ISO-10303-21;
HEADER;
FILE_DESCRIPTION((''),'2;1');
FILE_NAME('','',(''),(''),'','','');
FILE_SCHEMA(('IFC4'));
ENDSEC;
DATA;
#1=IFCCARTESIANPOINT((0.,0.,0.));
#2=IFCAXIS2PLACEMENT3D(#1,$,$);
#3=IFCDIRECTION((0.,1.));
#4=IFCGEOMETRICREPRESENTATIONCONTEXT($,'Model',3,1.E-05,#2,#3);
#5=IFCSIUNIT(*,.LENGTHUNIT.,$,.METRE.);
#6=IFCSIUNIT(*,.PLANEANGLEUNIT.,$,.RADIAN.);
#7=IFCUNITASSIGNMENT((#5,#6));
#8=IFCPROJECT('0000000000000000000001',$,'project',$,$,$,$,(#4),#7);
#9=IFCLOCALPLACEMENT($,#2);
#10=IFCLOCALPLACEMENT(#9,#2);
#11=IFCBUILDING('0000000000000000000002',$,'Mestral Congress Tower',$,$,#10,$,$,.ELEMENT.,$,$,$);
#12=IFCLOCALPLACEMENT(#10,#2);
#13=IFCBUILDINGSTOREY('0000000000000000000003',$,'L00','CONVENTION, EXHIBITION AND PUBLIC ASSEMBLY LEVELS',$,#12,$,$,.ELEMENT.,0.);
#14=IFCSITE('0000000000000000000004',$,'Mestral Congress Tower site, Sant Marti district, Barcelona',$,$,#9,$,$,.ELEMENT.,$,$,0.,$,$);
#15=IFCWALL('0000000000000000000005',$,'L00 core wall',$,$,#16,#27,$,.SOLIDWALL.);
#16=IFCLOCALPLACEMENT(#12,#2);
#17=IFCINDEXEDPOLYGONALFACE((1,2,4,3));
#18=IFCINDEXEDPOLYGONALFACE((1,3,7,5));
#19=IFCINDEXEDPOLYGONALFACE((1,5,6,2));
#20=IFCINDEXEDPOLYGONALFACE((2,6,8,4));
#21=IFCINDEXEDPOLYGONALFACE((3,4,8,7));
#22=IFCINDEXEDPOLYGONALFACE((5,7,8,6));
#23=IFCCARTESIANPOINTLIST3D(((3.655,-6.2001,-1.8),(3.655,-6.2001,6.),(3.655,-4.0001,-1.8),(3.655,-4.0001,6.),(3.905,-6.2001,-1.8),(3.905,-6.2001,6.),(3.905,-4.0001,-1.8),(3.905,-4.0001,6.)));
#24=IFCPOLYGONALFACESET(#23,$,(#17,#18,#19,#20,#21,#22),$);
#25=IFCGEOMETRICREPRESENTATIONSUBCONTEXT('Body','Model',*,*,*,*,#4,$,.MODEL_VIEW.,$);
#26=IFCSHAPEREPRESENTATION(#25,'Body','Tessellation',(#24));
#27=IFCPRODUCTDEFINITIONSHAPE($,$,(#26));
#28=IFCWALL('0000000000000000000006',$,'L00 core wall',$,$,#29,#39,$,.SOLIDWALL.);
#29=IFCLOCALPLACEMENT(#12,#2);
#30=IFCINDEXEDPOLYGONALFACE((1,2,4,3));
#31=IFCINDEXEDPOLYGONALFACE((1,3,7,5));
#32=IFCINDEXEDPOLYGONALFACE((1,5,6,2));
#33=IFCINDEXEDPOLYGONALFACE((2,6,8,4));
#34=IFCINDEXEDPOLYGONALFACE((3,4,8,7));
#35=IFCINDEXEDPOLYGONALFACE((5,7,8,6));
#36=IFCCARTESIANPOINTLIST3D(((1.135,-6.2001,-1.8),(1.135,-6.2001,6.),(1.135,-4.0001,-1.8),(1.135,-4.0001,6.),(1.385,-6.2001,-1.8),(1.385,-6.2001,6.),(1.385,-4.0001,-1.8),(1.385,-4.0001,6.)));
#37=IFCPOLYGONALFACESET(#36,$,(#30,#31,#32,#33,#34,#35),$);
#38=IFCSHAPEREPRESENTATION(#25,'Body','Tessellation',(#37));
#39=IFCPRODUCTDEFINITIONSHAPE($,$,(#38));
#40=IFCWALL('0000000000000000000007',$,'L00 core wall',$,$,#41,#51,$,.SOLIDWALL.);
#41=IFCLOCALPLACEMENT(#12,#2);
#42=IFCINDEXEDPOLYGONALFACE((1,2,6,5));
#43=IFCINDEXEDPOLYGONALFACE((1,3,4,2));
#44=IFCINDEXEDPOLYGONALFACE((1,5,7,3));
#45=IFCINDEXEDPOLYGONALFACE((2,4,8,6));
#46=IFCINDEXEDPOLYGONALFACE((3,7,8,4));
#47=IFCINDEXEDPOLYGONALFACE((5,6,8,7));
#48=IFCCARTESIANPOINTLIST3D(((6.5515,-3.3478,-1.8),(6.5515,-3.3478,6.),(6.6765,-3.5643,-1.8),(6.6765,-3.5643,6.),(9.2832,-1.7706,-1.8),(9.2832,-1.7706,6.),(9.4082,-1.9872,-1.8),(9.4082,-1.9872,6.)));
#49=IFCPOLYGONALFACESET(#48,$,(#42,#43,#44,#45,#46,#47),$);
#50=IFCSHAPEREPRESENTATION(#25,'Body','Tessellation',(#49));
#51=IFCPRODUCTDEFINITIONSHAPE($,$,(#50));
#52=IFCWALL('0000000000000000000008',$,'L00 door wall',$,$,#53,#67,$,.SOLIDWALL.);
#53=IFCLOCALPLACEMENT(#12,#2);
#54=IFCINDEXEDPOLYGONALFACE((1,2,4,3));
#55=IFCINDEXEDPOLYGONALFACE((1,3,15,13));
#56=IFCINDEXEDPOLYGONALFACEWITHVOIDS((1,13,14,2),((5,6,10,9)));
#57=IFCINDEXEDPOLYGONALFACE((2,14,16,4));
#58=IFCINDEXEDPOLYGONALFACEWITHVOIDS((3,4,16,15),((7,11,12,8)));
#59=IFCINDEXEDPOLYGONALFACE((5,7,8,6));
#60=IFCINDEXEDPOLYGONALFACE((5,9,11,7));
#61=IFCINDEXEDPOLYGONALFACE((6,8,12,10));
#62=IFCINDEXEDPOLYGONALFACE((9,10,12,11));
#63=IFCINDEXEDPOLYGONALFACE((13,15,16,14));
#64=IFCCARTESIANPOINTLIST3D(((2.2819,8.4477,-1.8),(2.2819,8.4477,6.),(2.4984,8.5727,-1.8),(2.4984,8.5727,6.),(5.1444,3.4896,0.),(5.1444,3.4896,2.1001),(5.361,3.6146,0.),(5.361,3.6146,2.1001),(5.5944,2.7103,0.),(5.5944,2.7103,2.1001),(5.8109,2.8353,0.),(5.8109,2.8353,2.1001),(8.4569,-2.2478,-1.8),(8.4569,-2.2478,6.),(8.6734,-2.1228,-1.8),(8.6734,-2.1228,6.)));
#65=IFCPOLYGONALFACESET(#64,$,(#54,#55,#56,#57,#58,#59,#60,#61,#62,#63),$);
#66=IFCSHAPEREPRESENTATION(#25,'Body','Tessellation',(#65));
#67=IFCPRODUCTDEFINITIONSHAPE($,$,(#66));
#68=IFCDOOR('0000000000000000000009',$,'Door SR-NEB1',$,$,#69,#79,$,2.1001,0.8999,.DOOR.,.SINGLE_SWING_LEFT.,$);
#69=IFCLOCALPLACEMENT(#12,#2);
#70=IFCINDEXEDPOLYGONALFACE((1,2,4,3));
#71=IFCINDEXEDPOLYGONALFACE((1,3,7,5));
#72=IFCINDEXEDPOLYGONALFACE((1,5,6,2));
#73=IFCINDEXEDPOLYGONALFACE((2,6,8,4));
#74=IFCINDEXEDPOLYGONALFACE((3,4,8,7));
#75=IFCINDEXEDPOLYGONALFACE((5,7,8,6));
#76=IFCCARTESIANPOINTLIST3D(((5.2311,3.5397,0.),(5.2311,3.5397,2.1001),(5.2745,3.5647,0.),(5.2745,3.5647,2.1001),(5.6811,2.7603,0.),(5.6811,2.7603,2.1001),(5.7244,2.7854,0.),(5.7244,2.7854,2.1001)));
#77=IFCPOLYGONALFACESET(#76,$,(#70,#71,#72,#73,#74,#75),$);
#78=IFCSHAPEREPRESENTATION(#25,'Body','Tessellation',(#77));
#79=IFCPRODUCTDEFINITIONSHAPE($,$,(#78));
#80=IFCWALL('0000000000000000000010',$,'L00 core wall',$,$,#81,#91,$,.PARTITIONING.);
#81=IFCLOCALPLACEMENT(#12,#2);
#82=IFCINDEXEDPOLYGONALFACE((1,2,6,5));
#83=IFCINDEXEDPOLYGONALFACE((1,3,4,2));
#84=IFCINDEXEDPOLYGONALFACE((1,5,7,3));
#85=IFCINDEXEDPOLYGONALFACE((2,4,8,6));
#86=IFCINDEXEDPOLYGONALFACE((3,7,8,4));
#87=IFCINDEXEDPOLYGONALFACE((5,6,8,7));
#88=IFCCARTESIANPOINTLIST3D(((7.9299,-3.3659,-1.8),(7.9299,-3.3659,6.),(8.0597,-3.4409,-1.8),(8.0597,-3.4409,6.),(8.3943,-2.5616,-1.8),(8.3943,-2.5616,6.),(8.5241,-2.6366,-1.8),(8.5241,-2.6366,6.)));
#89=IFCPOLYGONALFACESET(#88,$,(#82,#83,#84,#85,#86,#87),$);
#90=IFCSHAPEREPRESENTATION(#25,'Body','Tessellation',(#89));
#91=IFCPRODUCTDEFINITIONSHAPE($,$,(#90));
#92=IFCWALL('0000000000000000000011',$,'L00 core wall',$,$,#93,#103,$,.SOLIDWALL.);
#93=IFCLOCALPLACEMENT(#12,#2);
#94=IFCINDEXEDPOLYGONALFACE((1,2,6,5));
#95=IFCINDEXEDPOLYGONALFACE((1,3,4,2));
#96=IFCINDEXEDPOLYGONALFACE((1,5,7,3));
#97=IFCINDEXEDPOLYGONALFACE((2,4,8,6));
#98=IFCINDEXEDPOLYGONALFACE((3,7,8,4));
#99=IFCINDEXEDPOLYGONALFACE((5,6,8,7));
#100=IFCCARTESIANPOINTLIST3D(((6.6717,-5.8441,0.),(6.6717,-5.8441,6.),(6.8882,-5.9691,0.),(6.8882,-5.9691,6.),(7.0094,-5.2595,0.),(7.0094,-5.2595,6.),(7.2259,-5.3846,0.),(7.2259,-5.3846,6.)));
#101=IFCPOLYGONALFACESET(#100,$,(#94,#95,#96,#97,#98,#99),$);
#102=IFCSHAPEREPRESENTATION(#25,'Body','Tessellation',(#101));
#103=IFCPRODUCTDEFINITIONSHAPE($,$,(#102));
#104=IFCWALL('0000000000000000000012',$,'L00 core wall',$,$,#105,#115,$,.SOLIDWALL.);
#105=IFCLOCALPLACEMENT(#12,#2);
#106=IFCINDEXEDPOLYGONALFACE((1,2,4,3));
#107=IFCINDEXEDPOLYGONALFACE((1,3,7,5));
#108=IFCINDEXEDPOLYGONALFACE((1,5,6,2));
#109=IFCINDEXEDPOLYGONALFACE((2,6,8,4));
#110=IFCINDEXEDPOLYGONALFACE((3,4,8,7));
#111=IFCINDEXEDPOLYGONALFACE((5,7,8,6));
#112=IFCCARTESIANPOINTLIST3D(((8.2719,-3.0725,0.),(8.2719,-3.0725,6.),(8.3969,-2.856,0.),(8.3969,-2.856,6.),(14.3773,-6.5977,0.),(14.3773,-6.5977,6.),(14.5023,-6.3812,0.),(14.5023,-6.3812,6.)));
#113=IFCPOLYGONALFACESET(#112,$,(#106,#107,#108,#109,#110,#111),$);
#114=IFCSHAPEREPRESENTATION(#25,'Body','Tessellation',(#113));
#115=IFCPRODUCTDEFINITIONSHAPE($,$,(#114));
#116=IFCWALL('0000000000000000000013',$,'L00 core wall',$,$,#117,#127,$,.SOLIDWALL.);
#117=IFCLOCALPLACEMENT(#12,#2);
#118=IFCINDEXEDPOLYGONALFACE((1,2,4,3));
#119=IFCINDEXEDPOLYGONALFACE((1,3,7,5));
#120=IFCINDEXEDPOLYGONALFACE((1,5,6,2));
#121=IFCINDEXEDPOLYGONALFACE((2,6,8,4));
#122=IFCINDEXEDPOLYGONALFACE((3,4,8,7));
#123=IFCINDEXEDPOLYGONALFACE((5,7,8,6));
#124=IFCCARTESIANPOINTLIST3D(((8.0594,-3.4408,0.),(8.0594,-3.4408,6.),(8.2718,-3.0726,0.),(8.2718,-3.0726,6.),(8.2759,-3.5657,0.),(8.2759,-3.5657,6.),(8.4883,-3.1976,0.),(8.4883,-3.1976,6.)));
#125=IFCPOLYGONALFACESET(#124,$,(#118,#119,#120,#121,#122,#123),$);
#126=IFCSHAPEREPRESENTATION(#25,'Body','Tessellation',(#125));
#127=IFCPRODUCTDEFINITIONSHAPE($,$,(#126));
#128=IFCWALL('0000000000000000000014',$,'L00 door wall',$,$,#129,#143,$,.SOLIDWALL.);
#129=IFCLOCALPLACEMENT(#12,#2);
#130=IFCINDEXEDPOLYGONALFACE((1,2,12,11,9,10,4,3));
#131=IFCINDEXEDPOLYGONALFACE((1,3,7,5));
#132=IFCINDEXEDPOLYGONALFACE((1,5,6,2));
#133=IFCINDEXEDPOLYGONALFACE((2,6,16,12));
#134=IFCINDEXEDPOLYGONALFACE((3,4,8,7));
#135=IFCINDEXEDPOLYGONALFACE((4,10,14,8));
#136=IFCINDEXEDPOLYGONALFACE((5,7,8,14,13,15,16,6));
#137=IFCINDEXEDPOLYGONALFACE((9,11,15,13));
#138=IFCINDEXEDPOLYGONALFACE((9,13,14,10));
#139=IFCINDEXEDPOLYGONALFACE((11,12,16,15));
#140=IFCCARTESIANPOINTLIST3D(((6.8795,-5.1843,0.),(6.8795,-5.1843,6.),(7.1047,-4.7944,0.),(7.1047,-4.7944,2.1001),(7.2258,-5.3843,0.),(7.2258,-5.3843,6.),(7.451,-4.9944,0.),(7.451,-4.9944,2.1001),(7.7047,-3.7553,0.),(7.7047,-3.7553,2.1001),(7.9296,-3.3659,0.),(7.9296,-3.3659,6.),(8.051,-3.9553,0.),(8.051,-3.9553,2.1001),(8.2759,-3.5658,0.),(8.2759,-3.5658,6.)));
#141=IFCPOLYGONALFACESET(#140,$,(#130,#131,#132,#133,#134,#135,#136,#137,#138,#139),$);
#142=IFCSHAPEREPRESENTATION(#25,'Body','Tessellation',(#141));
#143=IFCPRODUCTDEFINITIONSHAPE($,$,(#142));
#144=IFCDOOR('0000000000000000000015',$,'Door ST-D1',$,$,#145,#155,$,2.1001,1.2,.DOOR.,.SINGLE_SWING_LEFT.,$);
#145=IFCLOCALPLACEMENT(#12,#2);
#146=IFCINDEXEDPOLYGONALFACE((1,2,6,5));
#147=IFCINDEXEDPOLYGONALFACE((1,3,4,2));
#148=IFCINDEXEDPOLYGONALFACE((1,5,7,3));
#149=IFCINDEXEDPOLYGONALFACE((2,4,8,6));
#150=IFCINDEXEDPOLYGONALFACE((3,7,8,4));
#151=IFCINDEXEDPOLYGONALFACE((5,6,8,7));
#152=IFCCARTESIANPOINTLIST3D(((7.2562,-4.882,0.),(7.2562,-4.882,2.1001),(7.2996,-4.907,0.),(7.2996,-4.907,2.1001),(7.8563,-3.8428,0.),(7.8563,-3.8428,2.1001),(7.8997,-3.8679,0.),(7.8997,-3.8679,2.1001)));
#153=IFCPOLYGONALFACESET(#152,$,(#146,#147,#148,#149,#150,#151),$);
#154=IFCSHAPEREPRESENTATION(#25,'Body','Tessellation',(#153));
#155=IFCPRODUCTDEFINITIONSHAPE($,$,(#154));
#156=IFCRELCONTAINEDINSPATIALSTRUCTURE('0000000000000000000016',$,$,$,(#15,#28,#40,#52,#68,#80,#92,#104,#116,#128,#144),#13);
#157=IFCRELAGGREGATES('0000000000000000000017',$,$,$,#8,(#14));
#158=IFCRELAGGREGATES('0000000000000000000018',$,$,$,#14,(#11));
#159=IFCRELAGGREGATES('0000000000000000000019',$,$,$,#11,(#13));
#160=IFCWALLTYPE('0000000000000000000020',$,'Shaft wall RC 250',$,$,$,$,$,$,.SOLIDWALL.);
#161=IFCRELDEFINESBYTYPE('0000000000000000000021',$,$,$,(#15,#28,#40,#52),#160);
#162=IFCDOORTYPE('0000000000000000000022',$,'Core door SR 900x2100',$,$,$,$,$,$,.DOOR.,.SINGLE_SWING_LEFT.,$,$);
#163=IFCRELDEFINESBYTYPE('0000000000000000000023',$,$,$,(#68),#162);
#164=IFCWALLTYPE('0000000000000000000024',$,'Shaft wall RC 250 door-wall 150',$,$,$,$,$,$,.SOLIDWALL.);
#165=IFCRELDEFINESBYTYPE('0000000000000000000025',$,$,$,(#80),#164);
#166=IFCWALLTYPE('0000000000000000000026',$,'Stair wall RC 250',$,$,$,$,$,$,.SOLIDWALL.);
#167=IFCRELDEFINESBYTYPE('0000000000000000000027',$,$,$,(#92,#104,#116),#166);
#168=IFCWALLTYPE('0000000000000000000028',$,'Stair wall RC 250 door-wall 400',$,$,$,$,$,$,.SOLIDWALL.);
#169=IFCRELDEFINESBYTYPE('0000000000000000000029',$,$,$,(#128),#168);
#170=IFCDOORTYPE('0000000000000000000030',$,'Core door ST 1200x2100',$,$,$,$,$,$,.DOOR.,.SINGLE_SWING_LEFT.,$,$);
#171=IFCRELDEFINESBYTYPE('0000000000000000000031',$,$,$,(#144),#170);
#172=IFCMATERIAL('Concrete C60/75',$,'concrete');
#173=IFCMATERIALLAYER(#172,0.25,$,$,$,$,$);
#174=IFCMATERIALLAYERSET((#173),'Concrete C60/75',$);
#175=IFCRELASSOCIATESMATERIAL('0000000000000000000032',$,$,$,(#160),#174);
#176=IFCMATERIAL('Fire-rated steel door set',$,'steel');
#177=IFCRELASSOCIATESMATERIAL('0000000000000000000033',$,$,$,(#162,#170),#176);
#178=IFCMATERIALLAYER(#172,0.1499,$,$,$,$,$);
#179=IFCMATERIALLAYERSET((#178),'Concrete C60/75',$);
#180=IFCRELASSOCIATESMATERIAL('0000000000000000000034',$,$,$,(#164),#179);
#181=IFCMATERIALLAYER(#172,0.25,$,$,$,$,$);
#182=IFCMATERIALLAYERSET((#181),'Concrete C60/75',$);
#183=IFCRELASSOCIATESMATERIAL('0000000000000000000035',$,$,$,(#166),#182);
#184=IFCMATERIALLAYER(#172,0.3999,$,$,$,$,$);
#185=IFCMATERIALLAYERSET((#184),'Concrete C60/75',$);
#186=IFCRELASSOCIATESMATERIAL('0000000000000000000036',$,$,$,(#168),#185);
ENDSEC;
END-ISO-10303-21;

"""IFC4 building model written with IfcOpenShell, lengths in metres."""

from ifc_helpers import new_model, si_unit, direction, frame, frame_2d, origin, place, context, subcontext, project, spatial, rectangle, extrude, material, layer, layer_set, type_object, element, fill, save


model = new_model("IFC4")

# Units and contexts
model_context = context("Model", 3, precision=1e-05, world=origin(), true_north=direction((0.0, 1.0)))
body_context = subcontext(model_context, "Body", "Model", "MODEL_VIEW")
ifc_project = project(units=[si_unit("LENGTHUNIT", "METRE"), si_unit("PLANEANGLEUNIT", "RADIAN")], contexts=[model_context])

# Site, building, storey
site_placement = place(None, origin())
site = spatial("IfcSite", under=ifc_project, at=site_placement, Name="Mestral Congress Tower site, Sant Marti district, Barcelona", CompositionType="ELEMENT", RefElevation=0.0)
building_placement = place(site_placement, origin())
building = spatial("IfcBuilding", under=site, at=building_placement, Name="Mestral Congress Tower", CompositionType="ELEMENT")
storey_placement = place(building_placement, origin())
storey = spatial("IfcBuildingStorey", under=building, at=storey_placement, Name="L00", Description="CONVENTION, EXHIBITION AND PUBLIC ASSEMBLY LEVELS", CompositionType="ELEMENT", Elevation=0.0)

# Shared definitions
ifc_material_1 = material(Name="Fire-rated steel door set", Category="steel")

# Walls
ifc_material_2 = material(Name="Concrete C60/75", Category="concrete")
ifc_layer_1 = layer(ifc_material_2, 0.25)
ifc_layer_set_1 = layer_set([ifc_layer_1], Name="Concrete C60/75")
wall_type_1 = type_object("IfcWallType", Name="Shaft wall RC 250", PredefinedType="SOLIDWALL", material=ifc_layer_set_1)
for number, where, z_axis, x_axis, name in (
    (1, (3.78, -4.0, -1.8), (0.0, 0.0, 1.0), (0.0, -1.0, 0.0), "L00 core wall"),
    (2, (1.26, -4.0, -1.8), (0.0, 0.0, 1.0), (0.0, -1.0, 0.0), "L00 core wall"),
):
    element("IfcWall", number, at=place(storey_placement, frame(where, z_axis=z_axis, x_axis=x_axis)), inside=storey, type_object=wall_type_1, Name=name, PredefinedType="SOLIDWALL", context=body_context, shape_type="SweptSolid", body=[
        extrude(rectangle(XDim=2.2, YDim=0.25, at=frame_2d((1.1001, 0.0))), origin(), (0.0, 0.0, 1.0), 7.8),
    ])
wall_1_placement = place(storey_placement, frame((6.614, -3.4561, -1.8), z_axis=(0.0, 0.0, 1.0), x_axis=(0.866024, 0.500002, 0.0)))
element("IfcWall", 3, at=wall_1_placement, inside=storey, type_object=wall_type_1, Name="L00 core wall", PredefinedType="SOLIDWALL", context=body_context, shape_type="SweptSolid", body=[
    extrude(rectangle(XDim=3.1543, YDim=0.25, at=frame_2d((1.5771, 0.0))), origin(), (0.0, 0.0, 1.0), 7.8),
])

# Wall, opening, door
wall_2_placement = place(storey_placement, frame((8.5652, -2.1853, -1.8), z_axis=(0.0, 0.0, 1.0), x_axis=(-0.499998, 0.866027, 0.0)))
wall_2 = element("IfcWall", 4, at=wall_2_placement, inside=storey, type_object=wall_type_1, Name="L00 door wall", PredefinedType="SOLIDWALL", context=body_context, shape_type="SweptSolid", body=[
    extrude(rectangle(XDim=12.3501, YDim=0.25, at=frame_2d((6.175, 0.0))), origin(), (0.0, 0.0, 1.0), 7.8),
])
opening_1_placement = place(wall_2_placement, frame((5.7251, 0.0, 1.8)))
opening_1 = element("IfcOpeningElement", 5, at=opening_1_placement, cuts=wall_2, PredefinedType="OPENING", context=body_context, shape_type="SweptSolid", body=[
    extrude(rectangle(XDim=0.8999, YDim=2.1001, at=frame_2d((0.45, 1.05))), frame((0.0, 0.135, 0.0), z_axis=(0.0, -1.0, 0.0), x_axis=(1.0, 0.0, 0.0)), (0.0, 0.0, 1.0), 0.27),
])
door_type_1 = type_object("IfcDoorType", Name="Core door SR 900x2100", OperationType="SINGLE_SWING_LEFT", PredefinedType="DOOR", material=ifc_material_1)
door_1_placement = place(opening_1_placement, origin())
door_1 = element("IfcDoor", 6, at=door_1_placement, inside=storey, type_object=door_type_1, Name="Door SR-NEB1", OperationType="SINGLE_SWING_LEFT", OverallHeight=2.1001, OverallWidth=0.8999, PredefinedType="DOOR", context=body_context, shape_type="SweptSolid", body=[
    extrude(rectangle(XDim=0.8999, YDim=2.1001, at=frame_2d((0.45, 1.05))), frame((0.0, 0.0249, 0.0), z_axis=(0.0, -1.0, 0.0), x_axis=(1.0, 0.0, 0.0)), (0.0, 0.0, 1.0), 0.05),
])
fill(opening_1, door_1)

# Walls
ifc_layer_2 = layer(ifc_material_2, 0.1499)
ifc_layer_set_2 = layer_set([ifc_layer_2], Name="Concrete C60/75")
wall_type_2 = type_object("IfcWallType", Name="Shaft wall RC 250 door-wall 150", PredefinedType="SOLIDWALL", material=ifc_layer_set_2)
wall_3_placement = place(storey_placement, frame((8.4592, -2.5991, -1.8), z_axis=(0.0, 0.0, 1.0), x_axis=(-0.500041, -0.866002, 0.0)))
element("IfcWall", 7, at=wall_3_placement, inside=storey, type_object=wall_type_2, Name="L00 core wall", PredefinedType="PARTITIONING", context=body_context, shape_type="SweptSolid", body=[
    extrude(rectangle(XDim=0.9287, YDim=0.1499, at=frame_2d((0.4644, 0.0))), origin(), (0.0, 0.0, 1.0), 7.8),
])
ifc_layer_3 = layer(ifc_material_2, 0.25)
ifc_layer_set_3 = layer_set([ifc_layer_3], Name="Concrete C60/75")
wall_type_3 = type_object("IfcWallType", Name="Stair wall RC 250", PredefinedType="SOLIDWALL", material=ifc_layer_set_3)
wall_4_placement = place(storey_placement, frame((6.78, -5.9065, 0.0), z_axis=(0.0, 0.0, 1.0), x_axis=(0.500223, 0.865896, 0.0)))
element("IfcWall", 8, at=wall_4_placement, inside=storey, type_object=wall_type_3, Name="L00 core wall", PredefinedType="SOLIDWALL", context=body_context, shape_type="SweptSolid", body=[
    extrude(rectangle(XDim=0.675, YDim=0.25, at=frame_2d((0.3374, 0.0))), origin(), (0.0, 0.0, 1.0), 6.0),
])
wall_5_placement = place(storey_placement, frame((8.3345, -2.9644, 0.0), z_axis=(0.0, 0.0, 1.0), x_axis=(0.866016, -0.500016, 0.0)))
element("IfcWall", 9, at=wall_5_placement, inside=storey, type_object=wall_type_3, Name="L00 core wall", PredefinedType="SOLIDWALL", context=body_context, shape_type="SweptSolid", body=[
    extrude(rectangle(XDim=7.05, YDim=0.25, at=frame_2d((3.5249, 0.0))), origin(), (0.0, 0.0, 1.0), 6.0),
])
wall_6_placement = place(storey_placement, frame((8.1677, -3.5032, 0.0), z_axis=(0.0, 0.0, 1.0), x_axis=(0.499722, 0.866186, 0.0)))
element("IfcWall", 10, at=wall_6_placement, inside=storey, type_object=wall_type_3, Name="L00 core wall", PredefinedType="SOLIDWALL", context=body_context, shape_type="SweptSolid", body=[
    extrude(rectangle(XDim=0.425, YDim=0.25, at=frame_2d((0.2124, 0.0))), origin(), (0.0, 0.0, 1.0), 6.0),
])

# Wall, opening, door
ifc_layer_4 = layer(ifc_material_2, 0.3999)
ifc_layer_set_4 = layer_set([ifc_layer_4], Name="Concrete C60/75")
wall_type_4 = type_object("IfcWallType", Name="Stair wall RC 250 door-wall 400", PredefinedType="SOLIDWALL", material=ifc_layer_set_4)
wall_7_placement = place(storey_placement, frame((7.0527, -5.2842, 0.0), z_axis=(0.0, 0.0, 1.0), x_axis=(0.500078, 0.86598, 0.0)))
wall_7 = element("IfcWall", 11, at=wall_7_placement, inside=storey, type_object=wall_type_4, Name="L00 door wall", PredefinedType="SOLIDWALL", context=body_context, shape_type="SweptSolid", body=[
    extrude(rectangle(XDim=2.0999, YDim=0.3999, at=frame_2d((1.0498, 0.0))), origin(), (0.0, 0.0, 1.0), 6.0),
])
opening_2_placement = place(wall_7_placement, frame((0.45, 0.0, 0.0)))
opening_2 = element("IfcOpeningElement", 12, at=opening_2_placement, cuts=wall_7, PredefinedType="OPENING", context=body_context, shape_type="SweptSolid", body=[
    extrude(rectangle(XDim=1.2, YDim=2.1001, at=frame_2d((0.6001, 1.05))), frame((0.0, 0.21, 0.0), z_axis=(0.0, -1.0, 0.0), x_axis=(1.0, 0.0, 0.0)), (0.0, 0.0, 1.0), 0.4199),
])
door_type_2 = type_object("IfcDoorType", Name="Core door ST 1200x2100", OperationType="SINGLE_SWING_LEFT", PredefinedType="DOOR", material=ifc_material_1)
door_2_placement = place(opening_2_placement, origin())
door_2 = element("IfcDoor", 13, at=door_2_placement, inside=storey, type_object=door_type_2, Name="Door ST-D1", OperationType="SINGLE_SWING_LEFT", OverallHeight=2.1001, OverallWidth=1.2, PredefinedType="DOOR", context=body_context, shape_type="SweptSolid", body=[
    extrude(rectangle(XDim=1.2, YDim=2.1001, at=frame_2d((0.6001, 1.05))), frame((0.0, 0.0249, 0.0), z_axis=(0.0, -1.0, 0.0), x_axis=(1.0, 0.0, 0.0)), (0.0, 0.0, 1.0), 0.05),
])
fill(opening_2, door_2)

save(model, "model.ifc")
